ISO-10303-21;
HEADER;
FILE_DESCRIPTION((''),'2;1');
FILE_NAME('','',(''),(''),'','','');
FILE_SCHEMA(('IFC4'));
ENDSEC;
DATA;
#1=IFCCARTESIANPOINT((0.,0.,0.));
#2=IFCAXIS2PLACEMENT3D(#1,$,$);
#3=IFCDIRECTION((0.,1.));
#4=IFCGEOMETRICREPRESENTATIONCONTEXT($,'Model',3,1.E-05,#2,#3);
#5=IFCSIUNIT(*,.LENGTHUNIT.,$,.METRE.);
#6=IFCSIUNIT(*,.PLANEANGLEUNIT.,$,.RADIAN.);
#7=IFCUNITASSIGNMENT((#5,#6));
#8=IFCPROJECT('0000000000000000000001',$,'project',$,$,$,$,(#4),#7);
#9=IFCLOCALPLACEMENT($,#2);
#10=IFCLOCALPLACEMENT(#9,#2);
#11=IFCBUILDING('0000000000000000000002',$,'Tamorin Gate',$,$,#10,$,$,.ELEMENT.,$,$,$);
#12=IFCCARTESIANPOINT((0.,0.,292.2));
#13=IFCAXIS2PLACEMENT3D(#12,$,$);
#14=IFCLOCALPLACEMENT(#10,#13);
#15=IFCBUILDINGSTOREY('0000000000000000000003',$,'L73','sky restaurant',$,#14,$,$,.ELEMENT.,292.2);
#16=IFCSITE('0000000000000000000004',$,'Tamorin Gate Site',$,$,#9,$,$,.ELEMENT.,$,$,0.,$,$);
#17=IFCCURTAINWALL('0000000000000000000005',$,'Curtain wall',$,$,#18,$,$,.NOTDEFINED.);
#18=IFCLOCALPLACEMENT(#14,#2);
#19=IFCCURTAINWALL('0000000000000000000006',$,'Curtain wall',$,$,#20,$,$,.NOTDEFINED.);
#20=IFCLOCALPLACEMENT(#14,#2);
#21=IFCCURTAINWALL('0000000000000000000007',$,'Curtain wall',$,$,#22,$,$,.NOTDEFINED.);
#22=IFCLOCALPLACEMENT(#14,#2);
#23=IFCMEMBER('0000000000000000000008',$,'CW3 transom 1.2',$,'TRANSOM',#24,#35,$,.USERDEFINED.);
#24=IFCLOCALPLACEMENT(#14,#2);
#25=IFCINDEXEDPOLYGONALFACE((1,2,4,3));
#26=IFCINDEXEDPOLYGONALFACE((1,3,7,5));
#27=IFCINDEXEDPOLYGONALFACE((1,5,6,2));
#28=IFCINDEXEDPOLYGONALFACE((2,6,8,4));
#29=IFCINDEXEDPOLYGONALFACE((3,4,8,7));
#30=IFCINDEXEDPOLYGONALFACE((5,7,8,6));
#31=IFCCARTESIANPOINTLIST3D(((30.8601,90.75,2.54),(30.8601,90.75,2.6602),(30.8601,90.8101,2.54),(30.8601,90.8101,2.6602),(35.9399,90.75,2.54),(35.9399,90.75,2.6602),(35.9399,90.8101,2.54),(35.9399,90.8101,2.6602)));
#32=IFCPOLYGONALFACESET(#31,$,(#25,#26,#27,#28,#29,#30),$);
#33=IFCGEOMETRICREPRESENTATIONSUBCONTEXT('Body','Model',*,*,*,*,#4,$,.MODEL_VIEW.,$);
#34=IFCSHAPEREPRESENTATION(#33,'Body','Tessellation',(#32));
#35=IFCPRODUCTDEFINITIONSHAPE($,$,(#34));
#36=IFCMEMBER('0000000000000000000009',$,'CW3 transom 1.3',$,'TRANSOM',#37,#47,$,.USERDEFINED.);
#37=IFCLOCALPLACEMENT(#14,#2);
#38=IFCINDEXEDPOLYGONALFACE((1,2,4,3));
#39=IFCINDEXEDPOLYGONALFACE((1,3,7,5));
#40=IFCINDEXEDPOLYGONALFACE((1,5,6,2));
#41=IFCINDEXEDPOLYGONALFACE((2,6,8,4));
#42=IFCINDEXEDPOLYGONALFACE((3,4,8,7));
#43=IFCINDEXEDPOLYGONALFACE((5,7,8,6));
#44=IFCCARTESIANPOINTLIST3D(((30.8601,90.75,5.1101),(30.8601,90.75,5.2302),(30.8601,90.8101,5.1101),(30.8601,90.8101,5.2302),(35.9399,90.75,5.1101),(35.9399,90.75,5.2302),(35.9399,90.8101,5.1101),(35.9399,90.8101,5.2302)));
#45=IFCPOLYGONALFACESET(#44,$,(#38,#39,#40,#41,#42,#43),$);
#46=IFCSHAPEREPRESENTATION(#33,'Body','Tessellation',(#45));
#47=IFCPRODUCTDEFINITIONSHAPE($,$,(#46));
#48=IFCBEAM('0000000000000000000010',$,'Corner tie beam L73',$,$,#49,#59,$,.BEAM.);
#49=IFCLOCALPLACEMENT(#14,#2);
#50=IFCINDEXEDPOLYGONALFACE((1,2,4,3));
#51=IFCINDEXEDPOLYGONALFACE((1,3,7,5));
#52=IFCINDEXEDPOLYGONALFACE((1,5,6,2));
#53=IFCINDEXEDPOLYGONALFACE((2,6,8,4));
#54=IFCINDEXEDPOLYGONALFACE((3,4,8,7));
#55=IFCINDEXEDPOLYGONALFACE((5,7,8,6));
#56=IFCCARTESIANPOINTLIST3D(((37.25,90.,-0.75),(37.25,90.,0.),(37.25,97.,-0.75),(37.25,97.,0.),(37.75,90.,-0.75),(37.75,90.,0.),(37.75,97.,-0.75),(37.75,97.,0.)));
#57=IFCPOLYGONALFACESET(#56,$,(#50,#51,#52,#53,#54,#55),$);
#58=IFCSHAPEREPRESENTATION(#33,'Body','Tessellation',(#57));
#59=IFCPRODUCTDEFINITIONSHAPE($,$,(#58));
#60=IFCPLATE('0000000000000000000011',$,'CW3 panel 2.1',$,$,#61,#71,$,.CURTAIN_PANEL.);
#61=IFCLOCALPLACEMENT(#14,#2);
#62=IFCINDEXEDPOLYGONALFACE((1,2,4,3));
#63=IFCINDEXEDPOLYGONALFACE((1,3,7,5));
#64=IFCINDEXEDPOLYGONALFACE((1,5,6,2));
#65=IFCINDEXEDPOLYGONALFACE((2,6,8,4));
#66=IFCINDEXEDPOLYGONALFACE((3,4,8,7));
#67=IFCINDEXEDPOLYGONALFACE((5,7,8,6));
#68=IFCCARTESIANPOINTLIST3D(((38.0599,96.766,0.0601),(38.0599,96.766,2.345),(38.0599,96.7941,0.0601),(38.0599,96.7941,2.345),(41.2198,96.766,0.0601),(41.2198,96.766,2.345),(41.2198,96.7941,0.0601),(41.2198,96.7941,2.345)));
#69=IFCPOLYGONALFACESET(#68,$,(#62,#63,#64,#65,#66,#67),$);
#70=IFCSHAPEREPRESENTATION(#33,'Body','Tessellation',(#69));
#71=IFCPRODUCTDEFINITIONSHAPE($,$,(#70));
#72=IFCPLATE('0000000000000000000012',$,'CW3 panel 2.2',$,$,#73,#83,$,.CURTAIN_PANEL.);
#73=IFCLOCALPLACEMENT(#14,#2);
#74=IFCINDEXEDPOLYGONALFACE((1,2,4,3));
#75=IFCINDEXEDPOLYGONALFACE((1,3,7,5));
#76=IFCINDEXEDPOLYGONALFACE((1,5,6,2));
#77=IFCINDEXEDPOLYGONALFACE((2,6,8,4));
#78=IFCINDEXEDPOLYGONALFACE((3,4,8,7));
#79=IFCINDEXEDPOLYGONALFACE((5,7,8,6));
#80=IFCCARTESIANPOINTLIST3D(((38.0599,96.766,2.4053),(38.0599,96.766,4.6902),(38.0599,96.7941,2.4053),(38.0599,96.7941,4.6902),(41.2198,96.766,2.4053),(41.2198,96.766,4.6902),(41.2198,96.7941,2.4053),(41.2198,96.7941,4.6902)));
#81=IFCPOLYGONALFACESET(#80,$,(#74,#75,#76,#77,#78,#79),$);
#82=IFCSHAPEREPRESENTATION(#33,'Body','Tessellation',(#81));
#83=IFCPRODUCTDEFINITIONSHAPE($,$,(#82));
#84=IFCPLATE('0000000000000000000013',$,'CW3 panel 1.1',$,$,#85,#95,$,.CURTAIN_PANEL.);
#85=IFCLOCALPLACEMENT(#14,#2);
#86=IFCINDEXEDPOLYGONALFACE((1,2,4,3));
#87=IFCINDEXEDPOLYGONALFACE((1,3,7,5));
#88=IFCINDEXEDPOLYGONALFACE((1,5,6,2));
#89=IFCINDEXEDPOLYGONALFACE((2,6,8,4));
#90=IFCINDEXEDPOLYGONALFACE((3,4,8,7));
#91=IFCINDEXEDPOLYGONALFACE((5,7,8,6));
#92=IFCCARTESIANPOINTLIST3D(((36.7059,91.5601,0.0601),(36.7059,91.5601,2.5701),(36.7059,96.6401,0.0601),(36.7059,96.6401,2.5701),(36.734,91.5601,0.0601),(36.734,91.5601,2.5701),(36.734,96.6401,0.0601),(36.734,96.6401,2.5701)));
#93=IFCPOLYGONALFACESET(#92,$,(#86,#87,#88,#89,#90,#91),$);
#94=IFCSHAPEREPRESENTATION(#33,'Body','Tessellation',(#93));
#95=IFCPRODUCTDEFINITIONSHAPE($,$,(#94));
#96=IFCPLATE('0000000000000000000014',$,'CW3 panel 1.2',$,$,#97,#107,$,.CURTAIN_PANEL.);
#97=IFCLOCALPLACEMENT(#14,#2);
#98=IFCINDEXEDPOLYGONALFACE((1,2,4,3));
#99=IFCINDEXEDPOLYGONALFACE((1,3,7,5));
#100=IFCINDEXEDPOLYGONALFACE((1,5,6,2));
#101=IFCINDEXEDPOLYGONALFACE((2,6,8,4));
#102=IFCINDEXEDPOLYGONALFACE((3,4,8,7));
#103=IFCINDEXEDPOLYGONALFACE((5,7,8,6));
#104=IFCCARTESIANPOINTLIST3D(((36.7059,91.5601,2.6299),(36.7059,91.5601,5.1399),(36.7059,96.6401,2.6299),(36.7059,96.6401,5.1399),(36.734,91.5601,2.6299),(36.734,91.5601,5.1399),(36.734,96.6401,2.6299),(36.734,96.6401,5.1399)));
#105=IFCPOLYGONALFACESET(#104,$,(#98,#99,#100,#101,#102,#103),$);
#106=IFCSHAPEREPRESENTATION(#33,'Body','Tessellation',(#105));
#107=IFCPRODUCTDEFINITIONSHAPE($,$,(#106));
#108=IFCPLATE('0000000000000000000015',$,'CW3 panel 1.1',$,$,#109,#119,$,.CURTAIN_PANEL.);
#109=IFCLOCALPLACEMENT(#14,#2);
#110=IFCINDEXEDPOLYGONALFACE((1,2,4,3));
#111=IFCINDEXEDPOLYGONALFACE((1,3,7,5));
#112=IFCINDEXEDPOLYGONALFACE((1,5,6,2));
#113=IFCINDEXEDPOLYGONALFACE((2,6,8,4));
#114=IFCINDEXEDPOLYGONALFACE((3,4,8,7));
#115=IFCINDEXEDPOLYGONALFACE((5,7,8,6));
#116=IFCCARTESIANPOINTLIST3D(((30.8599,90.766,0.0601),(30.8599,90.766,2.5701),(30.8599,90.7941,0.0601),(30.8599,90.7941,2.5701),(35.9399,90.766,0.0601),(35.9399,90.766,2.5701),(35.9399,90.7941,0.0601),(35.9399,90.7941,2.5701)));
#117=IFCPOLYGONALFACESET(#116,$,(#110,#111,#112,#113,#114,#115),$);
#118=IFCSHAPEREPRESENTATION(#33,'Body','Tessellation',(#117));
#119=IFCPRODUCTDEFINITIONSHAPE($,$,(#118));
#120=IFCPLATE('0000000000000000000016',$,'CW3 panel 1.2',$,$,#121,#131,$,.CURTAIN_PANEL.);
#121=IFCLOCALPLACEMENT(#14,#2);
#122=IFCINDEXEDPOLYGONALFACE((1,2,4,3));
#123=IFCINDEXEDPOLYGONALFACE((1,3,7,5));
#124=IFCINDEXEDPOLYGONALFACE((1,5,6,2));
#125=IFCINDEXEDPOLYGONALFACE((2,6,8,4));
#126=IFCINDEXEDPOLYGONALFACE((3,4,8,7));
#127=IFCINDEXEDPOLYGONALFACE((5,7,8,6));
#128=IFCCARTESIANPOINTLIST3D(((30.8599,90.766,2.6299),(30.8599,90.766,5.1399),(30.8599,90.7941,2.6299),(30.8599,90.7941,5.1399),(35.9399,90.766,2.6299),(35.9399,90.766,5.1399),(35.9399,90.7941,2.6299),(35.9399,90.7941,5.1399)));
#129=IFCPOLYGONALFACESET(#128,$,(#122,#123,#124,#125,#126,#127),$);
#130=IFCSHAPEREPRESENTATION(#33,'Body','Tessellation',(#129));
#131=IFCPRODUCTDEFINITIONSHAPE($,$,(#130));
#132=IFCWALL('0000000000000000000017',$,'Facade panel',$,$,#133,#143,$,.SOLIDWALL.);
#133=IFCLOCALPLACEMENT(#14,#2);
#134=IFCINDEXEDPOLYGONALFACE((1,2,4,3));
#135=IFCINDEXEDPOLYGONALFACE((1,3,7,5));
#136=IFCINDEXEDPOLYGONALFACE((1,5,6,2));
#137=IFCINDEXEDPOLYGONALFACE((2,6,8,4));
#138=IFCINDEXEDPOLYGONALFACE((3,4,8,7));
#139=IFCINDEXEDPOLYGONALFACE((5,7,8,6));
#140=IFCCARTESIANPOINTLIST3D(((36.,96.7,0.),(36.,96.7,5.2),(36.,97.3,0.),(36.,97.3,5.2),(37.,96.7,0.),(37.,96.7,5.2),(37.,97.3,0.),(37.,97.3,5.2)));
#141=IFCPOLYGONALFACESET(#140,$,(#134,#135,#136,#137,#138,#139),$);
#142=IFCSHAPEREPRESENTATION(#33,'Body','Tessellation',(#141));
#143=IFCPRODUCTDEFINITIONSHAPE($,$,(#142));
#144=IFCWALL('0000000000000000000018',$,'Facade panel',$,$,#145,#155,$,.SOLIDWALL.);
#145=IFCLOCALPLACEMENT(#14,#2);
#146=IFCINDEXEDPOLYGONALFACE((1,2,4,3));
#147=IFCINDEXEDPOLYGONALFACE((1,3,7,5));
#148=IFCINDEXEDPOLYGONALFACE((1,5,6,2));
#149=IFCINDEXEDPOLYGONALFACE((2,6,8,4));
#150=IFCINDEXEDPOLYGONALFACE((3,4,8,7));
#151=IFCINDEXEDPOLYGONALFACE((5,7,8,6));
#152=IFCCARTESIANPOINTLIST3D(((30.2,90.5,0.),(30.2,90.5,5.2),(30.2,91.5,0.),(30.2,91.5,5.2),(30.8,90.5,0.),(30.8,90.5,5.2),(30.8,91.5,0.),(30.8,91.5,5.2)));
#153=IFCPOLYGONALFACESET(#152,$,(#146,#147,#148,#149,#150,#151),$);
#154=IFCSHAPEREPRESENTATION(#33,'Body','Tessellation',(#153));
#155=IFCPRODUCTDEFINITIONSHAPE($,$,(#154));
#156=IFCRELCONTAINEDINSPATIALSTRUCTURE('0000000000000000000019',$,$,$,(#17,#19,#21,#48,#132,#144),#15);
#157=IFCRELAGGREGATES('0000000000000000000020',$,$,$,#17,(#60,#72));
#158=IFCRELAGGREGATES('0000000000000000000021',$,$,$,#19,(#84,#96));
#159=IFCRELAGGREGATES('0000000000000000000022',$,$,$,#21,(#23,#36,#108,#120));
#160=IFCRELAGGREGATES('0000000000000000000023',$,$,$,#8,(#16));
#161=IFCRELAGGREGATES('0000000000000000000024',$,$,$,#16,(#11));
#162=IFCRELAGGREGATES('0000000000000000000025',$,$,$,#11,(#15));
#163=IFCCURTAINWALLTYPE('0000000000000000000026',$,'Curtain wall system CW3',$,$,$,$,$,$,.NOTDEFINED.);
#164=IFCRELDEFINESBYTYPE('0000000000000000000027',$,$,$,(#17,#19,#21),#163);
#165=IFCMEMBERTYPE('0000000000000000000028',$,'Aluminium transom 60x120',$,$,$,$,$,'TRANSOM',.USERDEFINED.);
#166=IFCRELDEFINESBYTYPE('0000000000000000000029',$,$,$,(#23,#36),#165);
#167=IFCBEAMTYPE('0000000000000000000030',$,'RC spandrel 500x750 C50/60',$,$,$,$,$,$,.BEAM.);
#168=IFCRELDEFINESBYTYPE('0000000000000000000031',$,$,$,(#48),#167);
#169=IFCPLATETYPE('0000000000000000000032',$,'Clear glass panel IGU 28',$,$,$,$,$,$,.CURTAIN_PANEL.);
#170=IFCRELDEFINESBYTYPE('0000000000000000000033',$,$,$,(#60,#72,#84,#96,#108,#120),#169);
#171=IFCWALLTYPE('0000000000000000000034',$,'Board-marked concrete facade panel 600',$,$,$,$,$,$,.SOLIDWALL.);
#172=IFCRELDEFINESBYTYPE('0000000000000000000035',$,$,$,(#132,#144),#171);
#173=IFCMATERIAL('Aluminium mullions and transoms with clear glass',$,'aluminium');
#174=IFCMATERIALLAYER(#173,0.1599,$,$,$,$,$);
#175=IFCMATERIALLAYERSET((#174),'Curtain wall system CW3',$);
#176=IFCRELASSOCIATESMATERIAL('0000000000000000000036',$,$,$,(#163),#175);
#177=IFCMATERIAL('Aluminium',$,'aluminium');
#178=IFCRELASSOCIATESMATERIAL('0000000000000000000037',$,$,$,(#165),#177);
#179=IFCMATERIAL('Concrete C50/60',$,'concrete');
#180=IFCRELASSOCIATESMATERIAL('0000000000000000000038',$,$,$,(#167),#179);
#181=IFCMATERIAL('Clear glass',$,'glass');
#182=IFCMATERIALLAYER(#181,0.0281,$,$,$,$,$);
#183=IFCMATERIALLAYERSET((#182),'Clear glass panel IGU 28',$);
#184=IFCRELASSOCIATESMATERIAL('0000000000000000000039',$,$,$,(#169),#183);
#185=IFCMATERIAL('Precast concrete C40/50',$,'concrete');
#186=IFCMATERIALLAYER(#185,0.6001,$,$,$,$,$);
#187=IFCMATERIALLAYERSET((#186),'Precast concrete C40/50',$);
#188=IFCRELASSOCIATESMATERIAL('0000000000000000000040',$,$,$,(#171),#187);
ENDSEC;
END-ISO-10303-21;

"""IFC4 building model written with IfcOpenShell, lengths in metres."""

from ifc_helpers import new_model, si_unit, direction, frame, frame_2d, origin, origin_2d, place, context, subcontext, project, spatial, rectangle, extrude, material, layer, layer_set, material_profile, profile_set, type_object, element, aggregate, save


model = new_model("IFC4")

# Units and contexts
model_context = context("Model", 3, precision=1e-05, world=origin(), true_north=direction((0.0, 1.0)))
body_context = subcontext(model_context, "Body", "Model", "MODEL_VIEW")
ifc_project = project(units=[si_unit("LENGTHUNIT", "METRE"), si_unit("PLANEANGLEUNIT", "RADIAN")], contexts=[model_context])

# Site, building, storey
site_placement = place(None, origin())
site = spatial("IfcSite", under=ifc_project, at=site_placement, Name="Tamorin Gate Site", CompositionType="ELEMENT", RefElevation=0.0)
building_placement = place(site_placement, origin())
building = spatial("IfcBuilding", under=site, at=building_placement, Name="Tamorin Gate", CompositionType="ELEMENT")
storey_placement = place(building_placement, frame((0.0, 0.0, 292.2)))
storey = spatial("IfcBuildingStorey", under=building, at=storey_placement, Name="L73", Description="sky restaurant", CompositionType="ELEMENT", Elevation=292.2)

# Shared definitions
ifc_material_1 = material(Name="Concrete C50/60", Category="concrete")

# Curtain walls
ifc_material_2 = material(Name="Aluminium mullions and transoms with clear glass", Category="aluminium")
ifc_layer_1 = layer(ifc_material_2, 0.1599)
ifc_layer_set_1 = layer_set([ifc_layer_1], Name="Curtain wall system CW3")
curtain_wall_type = type_object("IfcCurtainWallType", Name="Curtain wall system CW3", PredefinedType="NOTDEFINED", material=ifc_layer_set_1)
curtain_wall_1_placement = place(storey_placement, origin())
curtain_wall_1 = element("IfcCurtainWall", 1, at=curtain_wall_1_placement, inside=storey, type_object=curtain_wall_type, Name="Curtain wall", PredefinedType="NOTDEFINED")
ifc_material_3 = material(Name="Aluminium", Category="aluminium")
curtain_wall_2_placement = place(storey_placement, origin())
curtain_wall_2 = element("IfcCurtainWall", 2, at=curtain_wall_2_placement, inside=storey, type_object=curtain_wall_type, Name="Curtain wall", PredefinedType="NOTDEFINED")
curtain_wall_3_placement = place(storey_placement, origin())
curtain_wall_3 = element("IfcCurtainWall", 3, at=curtain_wall_3_placement, inside=storey, type_object=curtain_wall_type, Name="Curtain wall", PredefinedType="NOTDEFINED")

# Members
ifc_material_profile_1 = material_profile(ifc_material_3, rectangle(XDim=0.0601, YDim=0.1201, at=origin_2d()), Name="RECT 60x120")
ifc_profile_set_1 = profile_set([ifc_material_profile_1], Name="Aluminium")
member_type_1 = type_object("IfcMemberType", Name="Aluminium transom 60x120", ElementType="TRANSOM", PredefinedType="USERDEFINED", material=ifc_profile_set_1)
member_1_placement = place(storey_placement, frame((35.9399, 90.78, 2.6001), z_axis=(-1.0, 0.0, 0.0), x_axis=(0.0, -1.0, 0.0)))
member_1 = element("IfcMember", 4, at=member_1_placement, type_object=member_type_1, Name="CW3 transom 1.2", ObjectType="TRANSOM", PredefinedType="USERDEFINED", context=body_context, shape_type="SweptSolid", body=[
    extrude(rectangle(XDim=0.0601, YDim=0.1201, at=origin_2d()), origin(), (0.0, 0.0, 1.0), 5.0798),
])
member_2_placement = place(storey_placement, frame((35.9399, 90.78, 5.1702), z_axis=(-1.0, 0.0, 0.0), x_axis=(0.0, -1.0, 0.0)))
member_2 = element("IfcMember", 5, at=member_2_placement, type_object=member_type_1, Name="CW3 transom 1.3", ObjectType="TRANSOM", PredefinedType="USERDEFINED", context=body_context, shape_type="SweptSolid", body=[
    extrude(rectangle(XDim=0.0601, YDim=0.1201, at=origin_2d()), origin(), (0.0, 0.0, 1.0), 5.0798),
])

# Beam
ifc_material_profile_2 = material_profile(ifc_material_1, rectangle(XDim=0.5, YDim=0.75, at=origin_2d()), Name="RC 500x750")
ifc_profile_set_2 = profile_set([ifc_material_profile_2], Name="Concrete C50/60")
beam_type = type_object("IfcBeamType", Name="RC spandrel 500x750 C50/60", PredefinedType="BEAM", material=ifc_profile_set_2)
beam_placement = place(storey_placement, frame((37.5, 90.0, -0.375), z_axis=(0.0, 1.0, 0.0), x_axis=(-1.0, 0.0, 0.0)))
element("IfcBeam", 6, at=beam_placement, inside=storey, type_object=beam_type, Name="Corner tie beam L73", PredefinedType="BEAM", context=body_context, shape_type="SweptSolid", body=[
    extrude(rectangle(XDim=0.5, YDim=0.75, at=origin_2d()), origin(), (0.0, 0.0, 1.0), 7.0),
])

# Plates
ifc_material_4 = material(Name="Clear glass", Category="glass")
ifc_layer_2 = layer(ifc_material_4, 0.0281)
ifc_layer_set_2 = layer_set([ifc_layer_2], Name="Clear glass panel IGU 28")
plate_type = type_object("IfcPlateType", Name="Clear glass panel IGU 28", PredefinedType="CURTAIN_PANEL", material=ifc_layer_set_2)
plate_1_placement = place(storey_placement, frame((39.6399, 96.78, 0.0601), z_axis=(0.0, 0.0, 1.0), x_axis=(-1.0, 0.0, 0.0)))
plate_1 = element("IfcPlate", 7, at=plate_1_placement, type_object=plate_type, Name="CW3 panel 2.1", PredefinedType="CURTAIN_PANEL", context=body_context, shape_type="SweptSolid", body=[
    extrude(rectangle(XDim=3.1599, YDim=0.0281, at=origin_2d()), origin(), (0.0, 0.0, 1.0), 2.2849),
])
plate_2_placement = place(storey_placement, frame((39.6399, 96.78, 2.4053), z_axis=(0.0, 0.0, 1.0), x_axis=(-1.0, 0.0, 0.0)))
plate_2 = element("IfcPlate", 8, at=plate_2_placement, type_object=plate_type, Name="CW3 panel 2.2", PredefinedType="CURTAIN_PANEL", context=body_context, shape_type="SweptSolid", body=[
    extrude(rectangle(XDim=3.1599, YDim=0.0281, at=origin_2d()), origin(), (0.0, 0.0, 1.0), 2.2849),
])
aggregate(curtain_wall_1, [plate_1, plate_2])
plate_3_placement = place(storey_placement, frame((36.72, 94.1001, 0.0601), z_axis=(0.0, 0.0, 1.0), x_axis=(0.0, -1.0, 0.0)))
plate_3 = element("IfcPlate", 9, at=plate_3_placement, type_object=plate_type, Name="CW3 panel 1.1", PredefinedType="CURTAIN_PANEL", context=body_context, shape_type="SweptSolid", body=[
    extrude(rectangle(XDim=5.0801, YDim=0.0281, at=origin_2d()), origin(), (0.0, 0.0, 1.0), 2.51),
])
plate_4_placement = place(storey_placement, frame((36.72, 94.1001, 2.6299), z_axis=(0.0, 0.0, 1.0), x_axis=(0.0, -1.0, 0.0)))
plate_4 = element("IfcPlate", 10, at=plate_4_placement, type_object=plate_type, Name="CW3 panel 1.2", PredefinedType="CURTAIN_PANEL", context=body_context, shape_type="SweptSolid", body=[
    extrude(rectangle(XDim=5.0801, YDim=0.0281, at=origin_2d()), origin(), (0.0, 0.0, 1.0), 2.51),
])
aggregate(curtain_wall_2, [plate_3, plate_4])
plate_5_placement = place(storey_placement, frame((33.3999, 90.78, 0.0601), z_axis=(0.0, 0.0, 1.0), x_axis=(-1.0, 0.0, 0.0)))
plate_5 = element("IfcPlate", 11, at=plate_5_placement, type_object=plate_type, Name="CW3 panel 1.1", PredefinedType="CURTAIN_PANEL", context=body_context, shape_type="SweptSolid", body=[
    extrude(rectangle(XDim=5.0801, YDim=0.0281, at=origin_2d()), origin(), (0.0, 0.0, 1.0), 2.51),
])
plate_6_placement = place(storey_placement, frame((33.3999, 90.78, 2.6299), z_axis=(0.0, 0.0, 1.0), x_axis=(-1.0, 0.0, 0.0)))
plate_6 = element("IfcPlate", 12, at=plate_6_placement, type_object=plate_type, Name="CW3 panel 1.2", PredefinedType="CURTAIN_PANEL", context=body_context, shape_type="SweptSolid", body=[
    extrude(rectangle(XDim=5.0801, YDim=0.0281, at=origin_2d()), origin(), (0.0, 0.0, 1.0), 2.51),
])
aggregate(curtain_wall_3, [member_1, member_2, plate_5, plate_6])

# Walls
ifc_material_5 = material(Name="Precast concrete C40/50", Category="concrete")
ifc_layer_3 = layer(ifc_material_5, 0.6001)
ifc_layer_set_3 = layer_set([ifc_layer_3], Name="Precast concrete C40/50")
wall_type = type_object("IfcWallType", Name="Board-marked concrete facade panel 600", PredefinedType="SOLIDWALL", material=ifc_layer_set_3)
for number, where, z_axis, x_axis, name in (
    (13, (37.0, 97.0, 0.0), (0.0, 0.0, 1.0), (-1.0, 0.0, 0.0), "Facade panel"),
    (14, (30.5, 91.5, 0.0), (0.0, 0.0, 1.0), (0.0, -1.0, 0.0), "Facade panel"),
):
    element("IfcWall", number, at=place(storey_placement, frame(where, z_axis=z_axis, x_axis=x_axis)), inside=storey, type_object=wall_type, Name=name, PredefinedType="SOLIDWALL", context=body_context, shape_type="SweptSolid", body=[
        extrude(rectangle(XDim=1.0, YDim=0.6001, at=frame_2d((0.5, 0.0))), origin(), (0.0, 0.0, 1.0), 5.2),
    ])

save(model, "model.ifc")
